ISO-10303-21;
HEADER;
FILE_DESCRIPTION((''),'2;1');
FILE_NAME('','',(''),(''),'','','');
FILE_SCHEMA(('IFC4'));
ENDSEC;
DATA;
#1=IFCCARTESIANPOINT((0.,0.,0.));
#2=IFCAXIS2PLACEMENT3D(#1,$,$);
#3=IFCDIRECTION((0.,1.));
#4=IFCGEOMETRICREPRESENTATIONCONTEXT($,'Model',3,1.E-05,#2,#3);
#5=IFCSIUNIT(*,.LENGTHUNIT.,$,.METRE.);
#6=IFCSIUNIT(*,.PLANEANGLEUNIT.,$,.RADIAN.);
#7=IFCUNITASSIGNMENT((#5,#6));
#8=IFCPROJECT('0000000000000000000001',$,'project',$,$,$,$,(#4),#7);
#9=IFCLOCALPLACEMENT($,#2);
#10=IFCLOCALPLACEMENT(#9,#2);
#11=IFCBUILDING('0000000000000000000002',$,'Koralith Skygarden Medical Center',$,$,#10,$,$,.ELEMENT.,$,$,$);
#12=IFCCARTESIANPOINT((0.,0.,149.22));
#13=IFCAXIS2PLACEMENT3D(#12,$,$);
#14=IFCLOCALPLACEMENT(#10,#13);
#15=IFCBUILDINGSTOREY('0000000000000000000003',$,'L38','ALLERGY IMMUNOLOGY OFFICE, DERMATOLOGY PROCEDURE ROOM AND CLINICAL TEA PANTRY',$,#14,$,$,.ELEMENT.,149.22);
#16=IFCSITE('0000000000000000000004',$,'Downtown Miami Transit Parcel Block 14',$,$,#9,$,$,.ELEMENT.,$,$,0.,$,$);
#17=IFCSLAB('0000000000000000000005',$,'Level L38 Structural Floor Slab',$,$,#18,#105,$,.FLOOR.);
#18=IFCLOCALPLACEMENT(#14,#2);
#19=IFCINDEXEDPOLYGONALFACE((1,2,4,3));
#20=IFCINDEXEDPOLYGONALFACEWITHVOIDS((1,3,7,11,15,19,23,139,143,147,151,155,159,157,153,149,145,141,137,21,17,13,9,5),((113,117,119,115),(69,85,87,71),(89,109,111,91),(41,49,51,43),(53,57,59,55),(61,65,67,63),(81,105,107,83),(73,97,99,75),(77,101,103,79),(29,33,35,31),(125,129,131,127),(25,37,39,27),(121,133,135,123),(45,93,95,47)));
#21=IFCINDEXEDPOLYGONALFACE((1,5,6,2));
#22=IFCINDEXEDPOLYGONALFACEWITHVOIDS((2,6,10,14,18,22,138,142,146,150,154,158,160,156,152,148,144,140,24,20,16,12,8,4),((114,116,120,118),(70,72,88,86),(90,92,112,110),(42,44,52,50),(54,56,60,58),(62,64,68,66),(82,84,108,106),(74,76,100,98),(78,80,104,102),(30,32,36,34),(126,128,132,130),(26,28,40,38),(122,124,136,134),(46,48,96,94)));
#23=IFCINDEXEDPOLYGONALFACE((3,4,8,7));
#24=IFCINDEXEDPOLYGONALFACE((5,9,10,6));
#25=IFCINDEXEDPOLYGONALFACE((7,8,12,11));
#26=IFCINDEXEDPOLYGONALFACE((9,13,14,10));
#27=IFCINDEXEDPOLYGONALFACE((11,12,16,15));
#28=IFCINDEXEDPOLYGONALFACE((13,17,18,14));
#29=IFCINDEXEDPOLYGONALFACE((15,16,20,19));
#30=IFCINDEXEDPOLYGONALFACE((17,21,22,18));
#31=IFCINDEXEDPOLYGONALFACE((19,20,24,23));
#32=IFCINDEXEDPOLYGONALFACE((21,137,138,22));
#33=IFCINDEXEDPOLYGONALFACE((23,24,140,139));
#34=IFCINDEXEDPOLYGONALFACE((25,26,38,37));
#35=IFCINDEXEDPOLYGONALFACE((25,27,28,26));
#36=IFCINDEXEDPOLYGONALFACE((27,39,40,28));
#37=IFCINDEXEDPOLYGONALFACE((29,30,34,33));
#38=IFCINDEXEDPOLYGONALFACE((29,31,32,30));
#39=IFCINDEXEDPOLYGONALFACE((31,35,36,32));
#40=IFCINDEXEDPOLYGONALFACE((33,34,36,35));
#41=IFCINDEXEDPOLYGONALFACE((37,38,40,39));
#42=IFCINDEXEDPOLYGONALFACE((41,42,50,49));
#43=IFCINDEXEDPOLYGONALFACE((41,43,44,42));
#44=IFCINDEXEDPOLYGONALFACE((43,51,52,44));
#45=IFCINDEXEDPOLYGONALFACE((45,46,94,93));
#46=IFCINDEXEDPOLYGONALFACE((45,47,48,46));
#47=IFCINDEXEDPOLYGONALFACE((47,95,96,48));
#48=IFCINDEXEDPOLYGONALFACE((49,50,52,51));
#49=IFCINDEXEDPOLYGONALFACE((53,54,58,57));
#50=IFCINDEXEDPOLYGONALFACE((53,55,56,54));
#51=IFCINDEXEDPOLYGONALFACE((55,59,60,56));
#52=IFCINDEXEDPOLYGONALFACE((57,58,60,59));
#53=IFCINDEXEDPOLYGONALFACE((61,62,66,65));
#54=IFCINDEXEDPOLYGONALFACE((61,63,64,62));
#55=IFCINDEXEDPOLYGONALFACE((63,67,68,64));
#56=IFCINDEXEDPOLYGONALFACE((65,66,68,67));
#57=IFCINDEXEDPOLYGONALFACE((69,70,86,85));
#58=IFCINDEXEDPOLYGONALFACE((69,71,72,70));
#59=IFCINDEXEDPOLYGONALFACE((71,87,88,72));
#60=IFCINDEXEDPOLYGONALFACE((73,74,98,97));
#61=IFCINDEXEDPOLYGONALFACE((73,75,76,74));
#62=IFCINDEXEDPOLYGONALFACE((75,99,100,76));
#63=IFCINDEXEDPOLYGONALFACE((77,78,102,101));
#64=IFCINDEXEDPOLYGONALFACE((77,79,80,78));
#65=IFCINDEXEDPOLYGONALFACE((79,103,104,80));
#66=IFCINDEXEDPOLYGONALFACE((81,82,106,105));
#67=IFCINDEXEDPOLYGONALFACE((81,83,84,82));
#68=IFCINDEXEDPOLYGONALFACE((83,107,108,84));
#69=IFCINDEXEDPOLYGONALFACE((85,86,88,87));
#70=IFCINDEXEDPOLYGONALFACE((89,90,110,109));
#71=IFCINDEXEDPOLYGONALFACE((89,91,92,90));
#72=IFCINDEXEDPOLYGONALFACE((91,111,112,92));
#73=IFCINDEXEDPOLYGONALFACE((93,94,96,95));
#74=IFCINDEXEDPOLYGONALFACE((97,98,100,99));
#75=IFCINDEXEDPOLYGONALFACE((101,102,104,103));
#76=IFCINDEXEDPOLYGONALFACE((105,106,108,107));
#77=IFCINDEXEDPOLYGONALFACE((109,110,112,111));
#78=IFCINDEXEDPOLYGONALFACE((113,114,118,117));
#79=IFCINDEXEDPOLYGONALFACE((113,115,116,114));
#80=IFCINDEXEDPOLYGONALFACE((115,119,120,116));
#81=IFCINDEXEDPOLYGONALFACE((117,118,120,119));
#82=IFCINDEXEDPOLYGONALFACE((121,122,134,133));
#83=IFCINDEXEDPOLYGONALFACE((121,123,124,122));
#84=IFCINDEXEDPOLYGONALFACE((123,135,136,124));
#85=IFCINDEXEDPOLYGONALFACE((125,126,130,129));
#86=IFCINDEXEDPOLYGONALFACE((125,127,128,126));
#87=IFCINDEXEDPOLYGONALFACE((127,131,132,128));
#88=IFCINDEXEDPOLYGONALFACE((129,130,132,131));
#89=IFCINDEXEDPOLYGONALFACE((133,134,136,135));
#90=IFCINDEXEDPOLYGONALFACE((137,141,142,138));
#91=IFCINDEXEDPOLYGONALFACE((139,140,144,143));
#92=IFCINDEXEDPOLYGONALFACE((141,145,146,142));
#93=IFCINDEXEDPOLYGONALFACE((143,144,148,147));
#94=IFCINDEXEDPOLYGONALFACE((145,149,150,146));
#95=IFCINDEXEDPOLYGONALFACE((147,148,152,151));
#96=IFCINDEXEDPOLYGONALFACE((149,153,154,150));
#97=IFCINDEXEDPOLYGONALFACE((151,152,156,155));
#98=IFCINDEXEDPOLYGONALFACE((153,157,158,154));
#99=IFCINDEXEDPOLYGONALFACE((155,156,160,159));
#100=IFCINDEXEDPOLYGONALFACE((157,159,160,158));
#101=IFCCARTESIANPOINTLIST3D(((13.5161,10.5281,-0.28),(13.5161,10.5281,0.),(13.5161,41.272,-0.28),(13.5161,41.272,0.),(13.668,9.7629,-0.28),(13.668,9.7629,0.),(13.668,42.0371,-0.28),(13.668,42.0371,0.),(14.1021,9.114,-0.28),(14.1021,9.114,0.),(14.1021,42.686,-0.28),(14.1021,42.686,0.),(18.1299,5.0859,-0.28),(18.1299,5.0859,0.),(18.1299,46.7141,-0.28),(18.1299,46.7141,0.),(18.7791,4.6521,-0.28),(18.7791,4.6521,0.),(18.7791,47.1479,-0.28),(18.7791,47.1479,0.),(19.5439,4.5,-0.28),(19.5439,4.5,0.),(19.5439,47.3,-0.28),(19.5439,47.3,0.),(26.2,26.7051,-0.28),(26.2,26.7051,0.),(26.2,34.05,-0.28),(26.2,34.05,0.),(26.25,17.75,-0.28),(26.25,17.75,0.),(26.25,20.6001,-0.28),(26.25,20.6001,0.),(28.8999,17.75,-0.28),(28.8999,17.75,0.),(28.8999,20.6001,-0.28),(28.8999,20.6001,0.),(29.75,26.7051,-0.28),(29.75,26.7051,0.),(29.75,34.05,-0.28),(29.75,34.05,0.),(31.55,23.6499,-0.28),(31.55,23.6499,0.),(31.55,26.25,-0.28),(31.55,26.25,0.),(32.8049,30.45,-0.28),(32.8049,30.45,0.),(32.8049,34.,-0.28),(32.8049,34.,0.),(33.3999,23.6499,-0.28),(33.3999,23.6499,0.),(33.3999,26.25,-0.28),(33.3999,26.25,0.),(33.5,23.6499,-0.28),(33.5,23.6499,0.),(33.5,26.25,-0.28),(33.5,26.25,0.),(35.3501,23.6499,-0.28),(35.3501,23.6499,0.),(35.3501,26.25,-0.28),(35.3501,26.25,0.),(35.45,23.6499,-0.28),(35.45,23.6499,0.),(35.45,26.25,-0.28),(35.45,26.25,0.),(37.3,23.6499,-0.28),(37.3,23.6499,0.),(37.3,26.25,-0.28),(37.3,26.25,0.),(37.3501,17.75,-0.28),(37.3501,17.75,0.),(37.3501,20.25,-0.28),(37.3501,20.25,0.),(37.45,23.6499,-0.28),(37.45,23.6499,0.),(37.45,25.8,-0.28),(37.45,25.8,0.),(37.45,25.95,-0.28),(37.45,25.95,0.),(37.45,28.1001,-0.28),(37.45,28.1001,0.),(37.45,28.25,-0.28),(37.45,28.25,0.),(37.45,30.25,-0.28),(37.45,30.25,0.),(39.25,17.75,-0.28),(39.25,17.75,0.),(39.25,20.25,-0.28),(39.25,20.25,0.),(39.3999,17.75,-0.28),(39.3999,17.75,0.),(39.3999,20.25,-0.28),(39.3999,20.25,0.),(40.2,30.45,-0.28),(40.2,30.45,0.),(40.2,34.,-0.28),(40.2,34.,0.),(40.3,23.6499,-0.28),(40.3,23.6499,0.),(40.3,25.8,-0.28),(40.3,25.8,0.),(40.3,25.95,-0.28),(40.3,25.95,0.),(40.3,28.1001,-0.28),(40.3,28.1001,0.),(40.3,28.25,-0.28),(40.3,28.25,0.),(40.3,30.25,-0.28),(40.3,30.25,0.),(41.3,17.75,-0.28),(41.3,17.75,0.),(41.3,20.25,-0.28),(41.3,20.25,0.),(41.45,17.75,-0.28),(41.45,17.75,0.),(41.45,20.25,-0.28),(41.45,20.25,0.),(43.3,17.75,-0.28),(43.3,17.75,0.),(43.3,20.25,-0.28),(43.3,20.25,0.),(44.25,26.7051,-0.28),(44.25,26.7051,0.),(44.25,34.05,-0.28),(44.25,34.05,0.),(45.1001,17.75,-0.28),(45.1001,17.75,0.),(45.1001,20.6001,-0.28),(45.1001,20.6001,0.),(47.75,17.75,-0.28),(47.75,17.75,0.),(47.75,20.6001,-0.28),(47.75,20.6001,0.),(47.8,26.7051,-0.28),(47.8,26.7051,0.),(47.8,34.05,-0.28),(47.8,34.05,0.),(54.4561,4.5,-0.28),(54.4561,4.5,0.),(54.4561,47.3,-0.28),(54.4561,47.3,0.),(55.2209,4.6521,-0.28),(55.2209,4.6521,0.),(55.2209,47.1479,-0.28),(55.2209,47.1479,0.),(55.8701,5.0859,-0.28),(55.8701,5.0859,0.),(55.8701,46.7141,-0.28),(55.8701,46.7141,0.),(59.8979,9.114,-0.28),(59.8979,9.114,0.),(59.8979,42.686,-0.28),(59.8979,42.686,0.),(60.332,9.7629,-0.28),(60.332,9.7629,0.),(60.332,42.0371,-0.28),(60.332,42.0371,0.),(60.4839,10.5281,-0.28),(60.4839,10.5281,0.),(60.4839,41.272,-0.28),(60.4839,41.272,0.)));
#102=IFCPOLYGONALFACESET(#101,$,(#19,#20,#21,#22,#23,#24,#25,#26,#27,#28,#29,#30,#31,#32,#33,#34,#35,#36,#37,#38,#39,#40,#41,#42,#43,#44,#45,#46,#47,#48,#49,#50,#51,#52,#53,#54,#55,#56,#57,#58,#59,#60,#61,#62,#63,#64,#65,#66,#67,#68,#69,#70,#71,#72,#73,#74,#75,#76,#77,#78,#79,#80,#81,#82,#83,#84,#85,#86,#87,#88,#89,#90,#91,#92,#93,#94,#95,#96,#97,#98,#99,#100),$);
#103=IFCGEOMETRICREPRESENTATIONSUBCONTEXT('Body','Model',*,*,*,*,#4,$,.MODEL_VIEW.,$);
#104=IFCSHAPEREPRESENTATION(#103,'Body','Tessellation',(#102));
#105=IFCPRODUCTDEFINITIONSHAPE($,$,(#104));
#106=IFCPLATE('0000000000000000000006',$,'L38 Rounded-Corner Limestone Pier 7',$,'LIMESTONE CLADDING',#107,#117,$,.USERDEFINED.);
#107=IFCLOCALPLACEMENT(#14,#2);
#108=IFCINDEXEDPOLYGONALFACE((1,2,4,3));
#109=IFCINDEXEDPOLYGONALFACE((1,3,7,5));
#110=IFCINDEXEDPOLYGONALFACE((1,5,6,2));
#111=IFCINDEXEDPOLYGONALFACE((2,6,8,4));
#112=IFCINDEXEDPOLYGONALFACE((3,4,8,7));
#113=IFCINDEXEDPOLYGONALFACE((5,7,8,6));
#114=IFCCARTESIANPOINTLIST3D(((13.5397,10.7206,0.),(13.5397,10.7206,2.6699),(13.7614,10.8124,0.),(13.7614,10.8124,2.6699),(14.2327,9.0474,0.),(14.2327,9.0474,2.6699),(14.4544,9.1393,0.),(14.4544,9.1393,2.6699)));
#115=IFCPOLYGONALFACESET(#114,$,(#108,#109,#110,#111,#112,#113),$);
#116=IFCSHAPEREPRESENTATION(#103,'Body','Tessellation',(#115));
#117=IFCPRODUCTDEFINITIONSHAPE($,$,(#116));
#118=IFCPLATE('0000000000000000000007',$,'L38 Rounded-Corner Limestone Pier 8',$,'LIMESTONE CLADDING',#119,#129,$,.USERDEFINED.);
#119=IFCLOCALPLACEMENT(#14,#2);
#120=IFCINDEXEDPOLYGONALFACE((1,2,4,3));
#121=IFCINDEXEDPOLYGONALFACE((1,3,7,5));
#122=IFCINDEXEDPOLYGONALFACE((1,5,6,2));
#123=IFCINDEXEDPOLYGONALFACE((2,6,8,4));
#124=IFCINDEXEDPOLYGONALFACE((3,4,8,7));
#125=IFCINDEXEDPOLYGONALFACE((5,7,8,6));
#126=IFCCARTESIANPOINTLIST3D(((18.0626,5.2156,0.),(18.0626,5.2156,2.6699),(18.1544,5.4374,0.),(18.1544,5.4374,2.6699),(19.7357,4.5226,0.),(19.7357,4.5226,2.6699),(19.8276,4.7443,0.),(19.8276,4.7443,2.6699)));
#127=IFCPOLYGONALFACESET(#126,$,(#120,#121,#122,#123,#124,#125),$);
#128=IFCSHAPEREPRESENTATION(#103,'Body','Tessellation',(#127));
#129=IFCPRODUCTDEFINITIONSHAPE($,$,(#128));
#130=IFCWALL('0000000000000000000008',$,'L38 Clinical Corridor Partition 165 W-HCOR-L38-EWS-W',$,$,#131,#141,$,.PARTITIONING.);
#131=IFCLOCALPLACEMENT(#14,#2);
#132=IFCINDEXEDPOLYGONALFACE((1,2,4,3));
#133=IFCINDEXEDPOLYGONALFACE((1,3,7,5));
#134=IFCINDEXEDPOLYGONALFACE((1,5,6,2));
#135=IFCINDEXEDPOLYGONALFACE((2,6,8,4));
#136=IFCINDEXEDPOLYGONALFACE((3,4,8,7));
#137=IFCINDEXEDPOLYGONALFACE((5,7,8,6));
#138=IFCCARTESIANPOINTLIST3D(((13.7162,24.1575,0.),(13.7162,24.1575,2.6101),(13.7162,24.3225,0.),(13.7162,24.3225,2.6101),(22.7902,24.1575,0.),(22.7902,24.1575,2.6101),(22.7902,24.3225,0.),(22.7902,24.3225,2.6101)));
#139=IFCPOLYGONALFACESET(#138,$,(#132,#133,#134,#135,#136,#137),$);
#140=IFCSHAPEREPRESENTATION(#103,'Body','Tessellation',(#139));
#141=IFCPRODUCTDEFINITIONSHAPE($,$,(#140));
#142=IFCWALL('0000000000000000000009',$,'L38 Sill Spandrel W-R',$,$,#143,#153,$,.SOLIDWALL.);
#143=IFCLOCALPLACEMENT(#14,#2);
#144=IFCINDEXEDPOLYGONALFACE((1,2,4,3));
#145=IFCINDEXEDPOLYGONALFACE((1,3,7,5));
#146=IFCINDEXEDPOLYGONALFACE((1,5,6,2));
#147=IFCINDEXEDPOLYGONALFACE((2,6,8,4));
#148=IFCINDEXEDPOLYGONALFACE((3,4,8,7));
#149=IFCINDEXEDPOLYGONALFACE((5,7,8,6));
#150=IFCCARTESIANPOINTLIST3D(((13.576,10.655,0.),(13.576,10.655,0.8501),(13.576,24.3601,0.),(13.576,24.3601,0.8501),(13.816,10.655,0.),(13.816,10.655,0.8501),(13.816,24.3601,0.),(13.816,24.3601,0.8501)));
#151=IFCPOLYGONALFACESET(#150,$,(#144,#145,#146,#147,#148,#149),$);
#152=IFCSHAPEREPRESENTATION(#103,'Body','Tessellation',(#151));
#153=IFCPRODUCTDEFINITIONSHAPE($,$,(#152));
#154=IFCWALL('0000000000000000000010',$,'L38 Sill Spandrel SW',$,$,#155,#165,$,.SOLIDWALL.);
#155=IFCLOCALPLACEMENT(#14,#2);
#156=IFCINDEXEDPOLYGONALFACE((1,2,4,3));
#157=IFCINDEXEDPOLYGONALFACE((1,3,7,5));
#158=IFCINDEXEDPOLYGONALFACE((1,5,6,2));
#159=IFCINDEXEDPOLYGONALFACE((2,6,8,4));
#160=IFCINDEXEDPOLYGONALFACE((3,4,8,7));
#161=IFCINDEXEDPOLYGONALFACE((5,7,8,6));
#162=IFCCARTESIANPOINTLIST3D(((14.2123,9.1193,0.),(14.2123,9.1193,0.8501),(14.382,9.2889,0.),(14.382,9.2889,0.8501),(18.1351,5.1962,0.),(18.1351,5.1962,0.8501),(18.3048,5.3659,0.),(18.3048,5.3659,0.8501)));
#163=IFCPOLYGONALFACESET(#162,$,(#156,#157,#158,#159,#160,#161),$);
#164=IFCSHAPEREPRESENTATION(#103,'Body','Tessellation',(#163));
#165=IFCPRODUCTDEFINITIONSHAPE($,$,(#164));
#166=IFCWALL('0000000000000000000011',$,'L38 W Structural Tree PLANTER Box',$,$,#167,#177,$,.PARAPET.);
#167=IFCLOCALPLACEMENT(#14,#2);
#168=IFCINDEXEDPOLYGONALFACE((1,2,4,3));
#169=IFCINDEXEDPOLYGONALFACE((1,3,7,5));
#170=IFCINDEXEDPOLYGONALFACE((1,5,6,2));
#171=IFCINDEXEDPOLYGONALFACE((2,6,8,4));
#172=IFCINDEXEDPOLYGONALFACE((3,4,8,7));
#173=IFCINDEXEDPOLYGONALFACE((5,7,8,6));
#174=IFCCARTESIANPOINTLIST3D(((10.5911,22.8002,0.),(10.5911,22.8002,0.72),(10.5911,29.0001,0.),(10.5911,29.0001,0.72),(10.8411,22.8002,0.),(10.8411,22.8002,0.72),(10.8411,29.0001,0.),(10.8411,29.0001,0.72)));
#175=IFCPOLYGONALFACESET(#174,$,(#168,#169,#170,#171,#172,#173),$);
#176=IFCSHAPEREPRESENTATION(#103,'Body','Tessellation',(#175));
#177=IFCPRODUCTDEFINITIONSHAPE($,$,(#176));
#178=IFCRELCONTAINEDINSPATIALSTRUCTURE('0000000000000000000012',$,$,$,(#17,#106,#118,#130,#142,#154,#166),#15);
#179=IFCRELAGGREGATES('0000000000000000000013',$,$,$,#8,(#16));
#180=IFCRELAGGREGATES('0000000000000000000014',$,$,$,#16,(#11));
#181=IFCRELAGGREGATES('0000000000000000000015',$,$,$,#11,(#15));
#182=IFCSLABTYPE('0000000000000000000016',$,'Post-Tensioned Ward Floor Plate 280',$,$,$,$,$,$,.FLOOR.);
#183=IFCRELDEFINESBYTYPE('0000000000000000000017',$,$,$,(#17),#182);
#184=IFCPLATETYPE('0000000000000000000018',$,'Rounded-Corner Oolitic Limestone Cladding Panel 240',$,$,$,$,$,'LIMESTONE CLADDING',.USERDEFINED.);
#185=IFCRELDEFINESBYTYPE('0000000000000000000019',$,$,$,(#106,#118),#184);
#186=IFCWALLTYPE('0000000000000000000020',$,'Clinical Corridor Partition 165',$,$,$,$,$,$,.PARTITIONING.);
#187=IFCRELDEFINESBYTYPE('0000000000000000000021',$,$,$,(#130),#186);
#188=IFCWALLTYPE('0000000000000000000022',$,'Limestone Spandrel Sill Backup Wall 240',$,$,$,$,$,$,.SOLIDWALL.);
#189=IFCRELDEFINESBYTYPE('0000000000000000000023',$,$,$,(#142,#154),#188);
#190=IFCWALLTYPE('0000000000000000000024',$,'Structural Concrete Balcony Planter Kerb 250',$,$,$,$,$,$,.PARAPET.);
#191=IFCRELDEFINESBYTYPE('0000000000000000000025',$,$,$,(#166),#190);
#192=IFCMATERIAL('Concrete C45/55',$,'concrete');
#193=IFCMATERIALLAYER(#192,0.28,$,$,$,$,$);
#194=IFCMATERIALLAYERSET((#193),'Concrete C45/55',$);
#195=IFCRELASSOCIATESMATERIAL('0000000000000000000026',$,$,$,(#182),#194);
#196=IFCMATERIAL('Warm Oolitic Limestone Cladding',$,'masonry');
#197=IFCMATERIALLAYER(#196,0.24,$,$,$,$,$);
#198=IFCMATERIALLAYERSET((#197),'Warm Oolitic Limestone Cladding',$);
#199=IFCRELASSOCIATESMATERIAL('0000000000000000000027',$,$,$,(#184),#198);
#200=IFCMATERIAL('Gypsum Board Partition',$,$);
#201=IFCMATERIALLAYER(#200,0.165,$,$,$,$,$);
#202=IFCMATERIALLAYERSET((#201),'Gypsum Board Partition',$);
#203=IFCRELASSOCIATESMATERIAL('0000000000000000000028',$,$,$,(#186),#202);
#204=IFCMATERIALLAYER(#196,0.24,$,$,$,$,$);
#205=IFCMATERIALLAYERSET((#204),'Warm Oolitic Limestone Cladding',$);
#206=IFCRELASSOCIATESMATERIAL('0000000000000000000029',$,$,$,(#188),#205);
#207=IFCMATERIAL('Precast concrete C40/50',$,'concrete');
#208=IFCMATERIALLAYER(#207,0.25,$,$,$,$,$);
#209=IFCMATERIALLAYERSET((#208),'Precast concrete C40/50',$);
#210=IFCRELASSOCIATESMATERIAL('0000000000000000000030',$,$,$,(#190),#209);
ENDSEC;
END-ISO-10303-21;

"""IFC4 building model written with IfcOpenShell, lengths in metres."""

from ifc_helpers import new_model, si_unit, direction, frame, frame_2d, origin, origin_2d, place, context, subcontext, project, spatial, polyline, rectangle, outline, extrude, material, layer, layer_set, type_object, element, save


model = new_model("IFC4")

# Units and contexts
model_context = context("Model", 3, precision=1e-05, world=origin(), true_north=direction((0.0, 1.0)))
body_context = subcontext(model_context, "Body", "Model", "MODEL_VIEW")
ifc_project = project(units=[si_unit("LENGTHUNIT", "METRE"), si_unit("PLANEANGLEUNIT", "RADIAN")], contexts=[model_context])

# Site, building, storey
site_placement = place(None, origin())
site = spatial("IfcSite", under=ifc_project, at=site_placement, Name="Downtown Miami Transit Parcel Block 14", CompositionType="ELEMENT", RefElevation=0.0)
building_placement = place(site_placement, origin())
building = spatial("IfcBuilding", under=site, at=building_placement, Name="Koralith Skygarden Medical Center", CompositionType="ELEMENT")
storey_placement = place(building_placement, frame((0.0, 0.0, 149.22)))
storey = spatial("IfcBuildingStorey", under=building, at=storey_placement, Name="L38", Description="ALLERGY IMMUNOLOGY OFFICE, DERMATOLOGY PROCEDURE ROOM AND CLINICAL TEA PANTRY", CompositionType="ELEMENT", Elevation=149.22)

# Shared definitions
ifc_material_1 = material(Name="Concrete C45/55", Category="concrete")

# Slab
ifc_layer_1 = layer(ifc_material_1, 0.28)
ifc_layer_set_1 = layer_set([ifc_layer_1], Name="Concrete C45/55")
slab_type_1 = type_object("IfcSlabType", Name="Post-Tensioned Ward Floor Plate 280", PredefinedType="FLOOR", material=ifc_layer_set_1)
slab_1_placement = place(storey_placement, frame((0.0, 0.0, -0.28)))
element("IfcSlab", 1, at=slab_1_placement, inside=storey, type_object=slab_type_1, Name="Level L38 Structural Floor Slab", PredefinedType="FLOOR", context=body_context, shape_type="SweptSolid", body=[
    extrude(outline(polyline([(18.1299, 5.0859), (18.7791, 4.6521), (19.5439, 4.5), (54.4561, 4.5), (55.2209, 4.6521), (55.8701, 5.0859), (59.8979, 9.114), (60.332, 9.7629), (60.4839, 10.5281), (60.4839, 41.272), (60.332, 42.0371), (59.8979, 42.686), (55.8701, 46.7141), (55.2209, 47.1479), (54.4561, 47.3), (19.5439, 47.3), (18.7791, 47.1479), (18.1299, 46.7141), (14.1021, 42.686), (13.668, 42.0371), (13.5161, 41.272), (13.5161, 10.5281), (13.668, 9.7629), (14.1021, 9.114), (18.1299, 5.0859)]), holes=[polyline([(26.2, 26.7051), (29.75, 26.7051), (29.75, 34.05), (26.2, 34.05), (26.2, 26.7051)]), polyline([(44.25, 26.7051), (47.8, 26.7051), (47.8, 34.05), (44.25, 34.05), (44.25, 26.7051)]), polyline([(32.8049, 30.45), (40.2, 30.45), (40.2, 34.0), (32.8049, 34.0), (32.8049, 30.45)]), polyline([(26.25, 17.75), (28.8999, 17.75), (28.8999, 20.6001), (26.25, 20.6001), (26.25, 17.75)]), polyline([(45.1001, 17.75), (47.75, 17.75), (47.75, 20.6001), (45.1001, 20.6001), (45.1001, 17.75)]), polyline([(37.3501, 17.75), (39.25, 17.75), (39.25, 20.25), (37.3501, 20.25), (37.3501, 17.75)]), polyline([(39.3999, 17.75), (41.3, 17.75), (41.3, 20.25), (39.3999, 20.25), (39.3999, 17.75)]), polyline([(41.45, 17.75), (43.3, 17.75), (43.3, 20.25), (41.45, 20.25), (41.45, 17.75)]), polyline([(31.55, 23.6499), (33.3999, 23.6499), (33.3999, 26.25), (31.55, 26.25), (31.55, 23.6499)]), polyline([(33.5, 23.6499), (35.3501, 23.6499), (35.3501, 26.25), (33.5, 26.25), (33.5, 23.6499)]), polyline([(35.45, 23.6499), (37.3, 23.6499), (37.3, 26.25), (35.45, 26.25), (35.45, 23.6499)]), polyline([(37.45, 23.6499), (40.3, 23.6499), (40.3, 25.8), (37.45, 25.8), (37.45, 23.6499)]), polyline([(37.45, 25.95), (40.3, 25.95), (40.3, 28.1001), (37.45, 28.1001), (37.45, 25.95)]), polyline([(37.45, 28.25), (40.3, 28.25), (40.3, 30.25), (37.45, 30.25), (37.45, 28.25)])]), origin(), (0.0, 0.0, 1.0), 0.28),
])

# Plates
ifc_material_2 = material(Name="Warm Oolitic Limestone Cladding", Category="masonry")
ifc_layer_2 = layer(ifc_material_2, 0.24)
ifc_layer_set_2 = layer_set([ifc_layer_2], Name="Warm Oolitic Limestone Cladding")
plate_type_1 = type_object("IfcPlateType", Name="Rounded-Corner Oolitic Limestone Cladding Panel 240", ElementType="LIMESTONE CLADDING", PredefinedType="USERDEFINED", material=ifc_layer_set_2)
for number, where, z_axis, x_axis, name in (
    (2, (13.9971, 9.9299, 0.0), (0.0, 0.0, 1.0), (0.382671, -0.923885, 0.0), "L38 Rounded-Corner Limestone Pier 7"),
    (3, (18.9451, 4.98, 0.0), (0.0, 0.0, 1.0), (0.923885, -0.382671, 0.0), "L38 Rounded-Corner Limestone Pier 8"),
):
    element("IfcPlate", number, at=place(storey_placement, frame(where, z_axis=z_axis, x_axis=x_axis)), inside=storey, type_object=plate_type_1, Name=name, ObjectType="LIMESTONE CLADDING", PredefinedType="USERDEFINED", context=body_context, shape_type="SweptSolid", body=[
        extrude(rectangle(XDim=1.811, YDim=0.24, at=origin_2d()), origin(), (0.0, 0.0, 1.0), 2.6699),
    ])

# Walls
ifc_material_3 = material(Name="Gypsum Board Partition")
ifc_layer_3 = layer(ifc_material_3, 0.165)
ifc_layer_set_3 = layer_set([ifc_layer_3], Name="Gypsum Board Partition")
wall_type_1 = type_object("IfcWallType", Name="Clinical Corridor Partition 165", PredefinedType="PARTITIONING", material=ifc_layer_set_3)
wall_1_placement = place(storey_placement, frame((13.7161, 24.24, 0.0), z_axis=(0.0, 0.0, 1.0), x_axis=(1.0, 0.0, 0.0)))
element("IfcWall", 4, at=wall_1_placement, inside=storey, type_object=wall_type_1, Name="L38 Clinical Corridor Partition 165 W-HCOR-L38-EWS-W", PredefinedType="PARTITIONING", context=body_context, shape_type="SweptSolid", body=[
    extrude(rectangle(XDim=9.074, YDim=0.165, at=frame_2d((4.5371, 0.0))), origin(), (0.0, 0.0, 1.0), 2.6101),
])
ifc_layer_4 = layer(ifc_material_2, 0.24)
ifc_layer_set_4 = layer_set([ifc_layer_4], Name="Warm Oolitic Limestone Cladding")
wall_type_2 = type_object("IfcWallType", Name="Limestone Spandrel Sill Backup Wall 240", PredefinedType="SOLIDWALL", material=ifc_layer_set_4)
wall_2_placement = place(storey_placement, frame((13.696, 24.3601, 0.0), z_axis=(0.0, 0.0, 1.0), x_axis=(0.0, -1.0, 0.0)))
element("IfcWall", 5, at=wall_2_placement, inside=storey, type_object=wall_type_2, Name="L38 Sill Spandrel W-R", PredefinedType="SOLIDWALL", context=body_context, shape_type="SweptSolid", body=[
    extrude(rectangle(XDim=13.7051, YDim=0.24, at=frame_2d((6.8525, 0.0))), origin(), (0.0, 0.0, 1.0), 0.8501),
])
wall_3_placement = place(storey_placement, frame((14.2971, 9.2041, 0.0), z_axis=(0.0, 0.0, 1.0), x_axis=(0.707085, -0.707129, 0.0)))
element("IfcWall", 6, at=wall_3_placement, inside=storey, type_object=wall_type_2, Name="L38 Sill Spandrel SW", PredefinedType="SOLIDWALL", context=body_context, shape_type="SweptSolid", body=[
    extrude(rectangle(XDim=5.5479, YDim=0.24, at=frame_2d((2.7739, 0.0))), origin(), (0.0, 0.0, 1.0), 0.8501),
])
ifc_material_4 = material(Name="Precast concrete C40/50", Category="concrete")
ifc_layer_5 = layer(ifc_material_4, 0.25)
ifc_layer_set_5 = layer_set([ifc_layer_5], Name="Precast concrete C40/50")
wall_type_3 = type_object("IfcWallType", Name="Structural Concrete Balcony Planter Kerb 250", PredefinedType="PARAPET", material=ifc_layer_set_5)
wall_4_placement = place(storey_placement, frame((10.7161, 22.8, 0.0), z_axis=(0.0, 0.0, 1.0), x_axis=(0.0, 1.0, 0.0)))
element("IfcWall", 7, at=wall_4_placement, inside=storey, type_object=wall_type_3, Name="L38 W Structural Tree PLANTER Box", PredefinedType="PARAPET", context=body_context, shape_type="SweptSolid", body=[
    extrude(rectangle(XDim=6.2, YDim=0.25, at=frame_2d((3.1001, 0.0))), origin(), (0.0, 0.0, 1.0), 0.72),
])

save(model, "model.ifc")
